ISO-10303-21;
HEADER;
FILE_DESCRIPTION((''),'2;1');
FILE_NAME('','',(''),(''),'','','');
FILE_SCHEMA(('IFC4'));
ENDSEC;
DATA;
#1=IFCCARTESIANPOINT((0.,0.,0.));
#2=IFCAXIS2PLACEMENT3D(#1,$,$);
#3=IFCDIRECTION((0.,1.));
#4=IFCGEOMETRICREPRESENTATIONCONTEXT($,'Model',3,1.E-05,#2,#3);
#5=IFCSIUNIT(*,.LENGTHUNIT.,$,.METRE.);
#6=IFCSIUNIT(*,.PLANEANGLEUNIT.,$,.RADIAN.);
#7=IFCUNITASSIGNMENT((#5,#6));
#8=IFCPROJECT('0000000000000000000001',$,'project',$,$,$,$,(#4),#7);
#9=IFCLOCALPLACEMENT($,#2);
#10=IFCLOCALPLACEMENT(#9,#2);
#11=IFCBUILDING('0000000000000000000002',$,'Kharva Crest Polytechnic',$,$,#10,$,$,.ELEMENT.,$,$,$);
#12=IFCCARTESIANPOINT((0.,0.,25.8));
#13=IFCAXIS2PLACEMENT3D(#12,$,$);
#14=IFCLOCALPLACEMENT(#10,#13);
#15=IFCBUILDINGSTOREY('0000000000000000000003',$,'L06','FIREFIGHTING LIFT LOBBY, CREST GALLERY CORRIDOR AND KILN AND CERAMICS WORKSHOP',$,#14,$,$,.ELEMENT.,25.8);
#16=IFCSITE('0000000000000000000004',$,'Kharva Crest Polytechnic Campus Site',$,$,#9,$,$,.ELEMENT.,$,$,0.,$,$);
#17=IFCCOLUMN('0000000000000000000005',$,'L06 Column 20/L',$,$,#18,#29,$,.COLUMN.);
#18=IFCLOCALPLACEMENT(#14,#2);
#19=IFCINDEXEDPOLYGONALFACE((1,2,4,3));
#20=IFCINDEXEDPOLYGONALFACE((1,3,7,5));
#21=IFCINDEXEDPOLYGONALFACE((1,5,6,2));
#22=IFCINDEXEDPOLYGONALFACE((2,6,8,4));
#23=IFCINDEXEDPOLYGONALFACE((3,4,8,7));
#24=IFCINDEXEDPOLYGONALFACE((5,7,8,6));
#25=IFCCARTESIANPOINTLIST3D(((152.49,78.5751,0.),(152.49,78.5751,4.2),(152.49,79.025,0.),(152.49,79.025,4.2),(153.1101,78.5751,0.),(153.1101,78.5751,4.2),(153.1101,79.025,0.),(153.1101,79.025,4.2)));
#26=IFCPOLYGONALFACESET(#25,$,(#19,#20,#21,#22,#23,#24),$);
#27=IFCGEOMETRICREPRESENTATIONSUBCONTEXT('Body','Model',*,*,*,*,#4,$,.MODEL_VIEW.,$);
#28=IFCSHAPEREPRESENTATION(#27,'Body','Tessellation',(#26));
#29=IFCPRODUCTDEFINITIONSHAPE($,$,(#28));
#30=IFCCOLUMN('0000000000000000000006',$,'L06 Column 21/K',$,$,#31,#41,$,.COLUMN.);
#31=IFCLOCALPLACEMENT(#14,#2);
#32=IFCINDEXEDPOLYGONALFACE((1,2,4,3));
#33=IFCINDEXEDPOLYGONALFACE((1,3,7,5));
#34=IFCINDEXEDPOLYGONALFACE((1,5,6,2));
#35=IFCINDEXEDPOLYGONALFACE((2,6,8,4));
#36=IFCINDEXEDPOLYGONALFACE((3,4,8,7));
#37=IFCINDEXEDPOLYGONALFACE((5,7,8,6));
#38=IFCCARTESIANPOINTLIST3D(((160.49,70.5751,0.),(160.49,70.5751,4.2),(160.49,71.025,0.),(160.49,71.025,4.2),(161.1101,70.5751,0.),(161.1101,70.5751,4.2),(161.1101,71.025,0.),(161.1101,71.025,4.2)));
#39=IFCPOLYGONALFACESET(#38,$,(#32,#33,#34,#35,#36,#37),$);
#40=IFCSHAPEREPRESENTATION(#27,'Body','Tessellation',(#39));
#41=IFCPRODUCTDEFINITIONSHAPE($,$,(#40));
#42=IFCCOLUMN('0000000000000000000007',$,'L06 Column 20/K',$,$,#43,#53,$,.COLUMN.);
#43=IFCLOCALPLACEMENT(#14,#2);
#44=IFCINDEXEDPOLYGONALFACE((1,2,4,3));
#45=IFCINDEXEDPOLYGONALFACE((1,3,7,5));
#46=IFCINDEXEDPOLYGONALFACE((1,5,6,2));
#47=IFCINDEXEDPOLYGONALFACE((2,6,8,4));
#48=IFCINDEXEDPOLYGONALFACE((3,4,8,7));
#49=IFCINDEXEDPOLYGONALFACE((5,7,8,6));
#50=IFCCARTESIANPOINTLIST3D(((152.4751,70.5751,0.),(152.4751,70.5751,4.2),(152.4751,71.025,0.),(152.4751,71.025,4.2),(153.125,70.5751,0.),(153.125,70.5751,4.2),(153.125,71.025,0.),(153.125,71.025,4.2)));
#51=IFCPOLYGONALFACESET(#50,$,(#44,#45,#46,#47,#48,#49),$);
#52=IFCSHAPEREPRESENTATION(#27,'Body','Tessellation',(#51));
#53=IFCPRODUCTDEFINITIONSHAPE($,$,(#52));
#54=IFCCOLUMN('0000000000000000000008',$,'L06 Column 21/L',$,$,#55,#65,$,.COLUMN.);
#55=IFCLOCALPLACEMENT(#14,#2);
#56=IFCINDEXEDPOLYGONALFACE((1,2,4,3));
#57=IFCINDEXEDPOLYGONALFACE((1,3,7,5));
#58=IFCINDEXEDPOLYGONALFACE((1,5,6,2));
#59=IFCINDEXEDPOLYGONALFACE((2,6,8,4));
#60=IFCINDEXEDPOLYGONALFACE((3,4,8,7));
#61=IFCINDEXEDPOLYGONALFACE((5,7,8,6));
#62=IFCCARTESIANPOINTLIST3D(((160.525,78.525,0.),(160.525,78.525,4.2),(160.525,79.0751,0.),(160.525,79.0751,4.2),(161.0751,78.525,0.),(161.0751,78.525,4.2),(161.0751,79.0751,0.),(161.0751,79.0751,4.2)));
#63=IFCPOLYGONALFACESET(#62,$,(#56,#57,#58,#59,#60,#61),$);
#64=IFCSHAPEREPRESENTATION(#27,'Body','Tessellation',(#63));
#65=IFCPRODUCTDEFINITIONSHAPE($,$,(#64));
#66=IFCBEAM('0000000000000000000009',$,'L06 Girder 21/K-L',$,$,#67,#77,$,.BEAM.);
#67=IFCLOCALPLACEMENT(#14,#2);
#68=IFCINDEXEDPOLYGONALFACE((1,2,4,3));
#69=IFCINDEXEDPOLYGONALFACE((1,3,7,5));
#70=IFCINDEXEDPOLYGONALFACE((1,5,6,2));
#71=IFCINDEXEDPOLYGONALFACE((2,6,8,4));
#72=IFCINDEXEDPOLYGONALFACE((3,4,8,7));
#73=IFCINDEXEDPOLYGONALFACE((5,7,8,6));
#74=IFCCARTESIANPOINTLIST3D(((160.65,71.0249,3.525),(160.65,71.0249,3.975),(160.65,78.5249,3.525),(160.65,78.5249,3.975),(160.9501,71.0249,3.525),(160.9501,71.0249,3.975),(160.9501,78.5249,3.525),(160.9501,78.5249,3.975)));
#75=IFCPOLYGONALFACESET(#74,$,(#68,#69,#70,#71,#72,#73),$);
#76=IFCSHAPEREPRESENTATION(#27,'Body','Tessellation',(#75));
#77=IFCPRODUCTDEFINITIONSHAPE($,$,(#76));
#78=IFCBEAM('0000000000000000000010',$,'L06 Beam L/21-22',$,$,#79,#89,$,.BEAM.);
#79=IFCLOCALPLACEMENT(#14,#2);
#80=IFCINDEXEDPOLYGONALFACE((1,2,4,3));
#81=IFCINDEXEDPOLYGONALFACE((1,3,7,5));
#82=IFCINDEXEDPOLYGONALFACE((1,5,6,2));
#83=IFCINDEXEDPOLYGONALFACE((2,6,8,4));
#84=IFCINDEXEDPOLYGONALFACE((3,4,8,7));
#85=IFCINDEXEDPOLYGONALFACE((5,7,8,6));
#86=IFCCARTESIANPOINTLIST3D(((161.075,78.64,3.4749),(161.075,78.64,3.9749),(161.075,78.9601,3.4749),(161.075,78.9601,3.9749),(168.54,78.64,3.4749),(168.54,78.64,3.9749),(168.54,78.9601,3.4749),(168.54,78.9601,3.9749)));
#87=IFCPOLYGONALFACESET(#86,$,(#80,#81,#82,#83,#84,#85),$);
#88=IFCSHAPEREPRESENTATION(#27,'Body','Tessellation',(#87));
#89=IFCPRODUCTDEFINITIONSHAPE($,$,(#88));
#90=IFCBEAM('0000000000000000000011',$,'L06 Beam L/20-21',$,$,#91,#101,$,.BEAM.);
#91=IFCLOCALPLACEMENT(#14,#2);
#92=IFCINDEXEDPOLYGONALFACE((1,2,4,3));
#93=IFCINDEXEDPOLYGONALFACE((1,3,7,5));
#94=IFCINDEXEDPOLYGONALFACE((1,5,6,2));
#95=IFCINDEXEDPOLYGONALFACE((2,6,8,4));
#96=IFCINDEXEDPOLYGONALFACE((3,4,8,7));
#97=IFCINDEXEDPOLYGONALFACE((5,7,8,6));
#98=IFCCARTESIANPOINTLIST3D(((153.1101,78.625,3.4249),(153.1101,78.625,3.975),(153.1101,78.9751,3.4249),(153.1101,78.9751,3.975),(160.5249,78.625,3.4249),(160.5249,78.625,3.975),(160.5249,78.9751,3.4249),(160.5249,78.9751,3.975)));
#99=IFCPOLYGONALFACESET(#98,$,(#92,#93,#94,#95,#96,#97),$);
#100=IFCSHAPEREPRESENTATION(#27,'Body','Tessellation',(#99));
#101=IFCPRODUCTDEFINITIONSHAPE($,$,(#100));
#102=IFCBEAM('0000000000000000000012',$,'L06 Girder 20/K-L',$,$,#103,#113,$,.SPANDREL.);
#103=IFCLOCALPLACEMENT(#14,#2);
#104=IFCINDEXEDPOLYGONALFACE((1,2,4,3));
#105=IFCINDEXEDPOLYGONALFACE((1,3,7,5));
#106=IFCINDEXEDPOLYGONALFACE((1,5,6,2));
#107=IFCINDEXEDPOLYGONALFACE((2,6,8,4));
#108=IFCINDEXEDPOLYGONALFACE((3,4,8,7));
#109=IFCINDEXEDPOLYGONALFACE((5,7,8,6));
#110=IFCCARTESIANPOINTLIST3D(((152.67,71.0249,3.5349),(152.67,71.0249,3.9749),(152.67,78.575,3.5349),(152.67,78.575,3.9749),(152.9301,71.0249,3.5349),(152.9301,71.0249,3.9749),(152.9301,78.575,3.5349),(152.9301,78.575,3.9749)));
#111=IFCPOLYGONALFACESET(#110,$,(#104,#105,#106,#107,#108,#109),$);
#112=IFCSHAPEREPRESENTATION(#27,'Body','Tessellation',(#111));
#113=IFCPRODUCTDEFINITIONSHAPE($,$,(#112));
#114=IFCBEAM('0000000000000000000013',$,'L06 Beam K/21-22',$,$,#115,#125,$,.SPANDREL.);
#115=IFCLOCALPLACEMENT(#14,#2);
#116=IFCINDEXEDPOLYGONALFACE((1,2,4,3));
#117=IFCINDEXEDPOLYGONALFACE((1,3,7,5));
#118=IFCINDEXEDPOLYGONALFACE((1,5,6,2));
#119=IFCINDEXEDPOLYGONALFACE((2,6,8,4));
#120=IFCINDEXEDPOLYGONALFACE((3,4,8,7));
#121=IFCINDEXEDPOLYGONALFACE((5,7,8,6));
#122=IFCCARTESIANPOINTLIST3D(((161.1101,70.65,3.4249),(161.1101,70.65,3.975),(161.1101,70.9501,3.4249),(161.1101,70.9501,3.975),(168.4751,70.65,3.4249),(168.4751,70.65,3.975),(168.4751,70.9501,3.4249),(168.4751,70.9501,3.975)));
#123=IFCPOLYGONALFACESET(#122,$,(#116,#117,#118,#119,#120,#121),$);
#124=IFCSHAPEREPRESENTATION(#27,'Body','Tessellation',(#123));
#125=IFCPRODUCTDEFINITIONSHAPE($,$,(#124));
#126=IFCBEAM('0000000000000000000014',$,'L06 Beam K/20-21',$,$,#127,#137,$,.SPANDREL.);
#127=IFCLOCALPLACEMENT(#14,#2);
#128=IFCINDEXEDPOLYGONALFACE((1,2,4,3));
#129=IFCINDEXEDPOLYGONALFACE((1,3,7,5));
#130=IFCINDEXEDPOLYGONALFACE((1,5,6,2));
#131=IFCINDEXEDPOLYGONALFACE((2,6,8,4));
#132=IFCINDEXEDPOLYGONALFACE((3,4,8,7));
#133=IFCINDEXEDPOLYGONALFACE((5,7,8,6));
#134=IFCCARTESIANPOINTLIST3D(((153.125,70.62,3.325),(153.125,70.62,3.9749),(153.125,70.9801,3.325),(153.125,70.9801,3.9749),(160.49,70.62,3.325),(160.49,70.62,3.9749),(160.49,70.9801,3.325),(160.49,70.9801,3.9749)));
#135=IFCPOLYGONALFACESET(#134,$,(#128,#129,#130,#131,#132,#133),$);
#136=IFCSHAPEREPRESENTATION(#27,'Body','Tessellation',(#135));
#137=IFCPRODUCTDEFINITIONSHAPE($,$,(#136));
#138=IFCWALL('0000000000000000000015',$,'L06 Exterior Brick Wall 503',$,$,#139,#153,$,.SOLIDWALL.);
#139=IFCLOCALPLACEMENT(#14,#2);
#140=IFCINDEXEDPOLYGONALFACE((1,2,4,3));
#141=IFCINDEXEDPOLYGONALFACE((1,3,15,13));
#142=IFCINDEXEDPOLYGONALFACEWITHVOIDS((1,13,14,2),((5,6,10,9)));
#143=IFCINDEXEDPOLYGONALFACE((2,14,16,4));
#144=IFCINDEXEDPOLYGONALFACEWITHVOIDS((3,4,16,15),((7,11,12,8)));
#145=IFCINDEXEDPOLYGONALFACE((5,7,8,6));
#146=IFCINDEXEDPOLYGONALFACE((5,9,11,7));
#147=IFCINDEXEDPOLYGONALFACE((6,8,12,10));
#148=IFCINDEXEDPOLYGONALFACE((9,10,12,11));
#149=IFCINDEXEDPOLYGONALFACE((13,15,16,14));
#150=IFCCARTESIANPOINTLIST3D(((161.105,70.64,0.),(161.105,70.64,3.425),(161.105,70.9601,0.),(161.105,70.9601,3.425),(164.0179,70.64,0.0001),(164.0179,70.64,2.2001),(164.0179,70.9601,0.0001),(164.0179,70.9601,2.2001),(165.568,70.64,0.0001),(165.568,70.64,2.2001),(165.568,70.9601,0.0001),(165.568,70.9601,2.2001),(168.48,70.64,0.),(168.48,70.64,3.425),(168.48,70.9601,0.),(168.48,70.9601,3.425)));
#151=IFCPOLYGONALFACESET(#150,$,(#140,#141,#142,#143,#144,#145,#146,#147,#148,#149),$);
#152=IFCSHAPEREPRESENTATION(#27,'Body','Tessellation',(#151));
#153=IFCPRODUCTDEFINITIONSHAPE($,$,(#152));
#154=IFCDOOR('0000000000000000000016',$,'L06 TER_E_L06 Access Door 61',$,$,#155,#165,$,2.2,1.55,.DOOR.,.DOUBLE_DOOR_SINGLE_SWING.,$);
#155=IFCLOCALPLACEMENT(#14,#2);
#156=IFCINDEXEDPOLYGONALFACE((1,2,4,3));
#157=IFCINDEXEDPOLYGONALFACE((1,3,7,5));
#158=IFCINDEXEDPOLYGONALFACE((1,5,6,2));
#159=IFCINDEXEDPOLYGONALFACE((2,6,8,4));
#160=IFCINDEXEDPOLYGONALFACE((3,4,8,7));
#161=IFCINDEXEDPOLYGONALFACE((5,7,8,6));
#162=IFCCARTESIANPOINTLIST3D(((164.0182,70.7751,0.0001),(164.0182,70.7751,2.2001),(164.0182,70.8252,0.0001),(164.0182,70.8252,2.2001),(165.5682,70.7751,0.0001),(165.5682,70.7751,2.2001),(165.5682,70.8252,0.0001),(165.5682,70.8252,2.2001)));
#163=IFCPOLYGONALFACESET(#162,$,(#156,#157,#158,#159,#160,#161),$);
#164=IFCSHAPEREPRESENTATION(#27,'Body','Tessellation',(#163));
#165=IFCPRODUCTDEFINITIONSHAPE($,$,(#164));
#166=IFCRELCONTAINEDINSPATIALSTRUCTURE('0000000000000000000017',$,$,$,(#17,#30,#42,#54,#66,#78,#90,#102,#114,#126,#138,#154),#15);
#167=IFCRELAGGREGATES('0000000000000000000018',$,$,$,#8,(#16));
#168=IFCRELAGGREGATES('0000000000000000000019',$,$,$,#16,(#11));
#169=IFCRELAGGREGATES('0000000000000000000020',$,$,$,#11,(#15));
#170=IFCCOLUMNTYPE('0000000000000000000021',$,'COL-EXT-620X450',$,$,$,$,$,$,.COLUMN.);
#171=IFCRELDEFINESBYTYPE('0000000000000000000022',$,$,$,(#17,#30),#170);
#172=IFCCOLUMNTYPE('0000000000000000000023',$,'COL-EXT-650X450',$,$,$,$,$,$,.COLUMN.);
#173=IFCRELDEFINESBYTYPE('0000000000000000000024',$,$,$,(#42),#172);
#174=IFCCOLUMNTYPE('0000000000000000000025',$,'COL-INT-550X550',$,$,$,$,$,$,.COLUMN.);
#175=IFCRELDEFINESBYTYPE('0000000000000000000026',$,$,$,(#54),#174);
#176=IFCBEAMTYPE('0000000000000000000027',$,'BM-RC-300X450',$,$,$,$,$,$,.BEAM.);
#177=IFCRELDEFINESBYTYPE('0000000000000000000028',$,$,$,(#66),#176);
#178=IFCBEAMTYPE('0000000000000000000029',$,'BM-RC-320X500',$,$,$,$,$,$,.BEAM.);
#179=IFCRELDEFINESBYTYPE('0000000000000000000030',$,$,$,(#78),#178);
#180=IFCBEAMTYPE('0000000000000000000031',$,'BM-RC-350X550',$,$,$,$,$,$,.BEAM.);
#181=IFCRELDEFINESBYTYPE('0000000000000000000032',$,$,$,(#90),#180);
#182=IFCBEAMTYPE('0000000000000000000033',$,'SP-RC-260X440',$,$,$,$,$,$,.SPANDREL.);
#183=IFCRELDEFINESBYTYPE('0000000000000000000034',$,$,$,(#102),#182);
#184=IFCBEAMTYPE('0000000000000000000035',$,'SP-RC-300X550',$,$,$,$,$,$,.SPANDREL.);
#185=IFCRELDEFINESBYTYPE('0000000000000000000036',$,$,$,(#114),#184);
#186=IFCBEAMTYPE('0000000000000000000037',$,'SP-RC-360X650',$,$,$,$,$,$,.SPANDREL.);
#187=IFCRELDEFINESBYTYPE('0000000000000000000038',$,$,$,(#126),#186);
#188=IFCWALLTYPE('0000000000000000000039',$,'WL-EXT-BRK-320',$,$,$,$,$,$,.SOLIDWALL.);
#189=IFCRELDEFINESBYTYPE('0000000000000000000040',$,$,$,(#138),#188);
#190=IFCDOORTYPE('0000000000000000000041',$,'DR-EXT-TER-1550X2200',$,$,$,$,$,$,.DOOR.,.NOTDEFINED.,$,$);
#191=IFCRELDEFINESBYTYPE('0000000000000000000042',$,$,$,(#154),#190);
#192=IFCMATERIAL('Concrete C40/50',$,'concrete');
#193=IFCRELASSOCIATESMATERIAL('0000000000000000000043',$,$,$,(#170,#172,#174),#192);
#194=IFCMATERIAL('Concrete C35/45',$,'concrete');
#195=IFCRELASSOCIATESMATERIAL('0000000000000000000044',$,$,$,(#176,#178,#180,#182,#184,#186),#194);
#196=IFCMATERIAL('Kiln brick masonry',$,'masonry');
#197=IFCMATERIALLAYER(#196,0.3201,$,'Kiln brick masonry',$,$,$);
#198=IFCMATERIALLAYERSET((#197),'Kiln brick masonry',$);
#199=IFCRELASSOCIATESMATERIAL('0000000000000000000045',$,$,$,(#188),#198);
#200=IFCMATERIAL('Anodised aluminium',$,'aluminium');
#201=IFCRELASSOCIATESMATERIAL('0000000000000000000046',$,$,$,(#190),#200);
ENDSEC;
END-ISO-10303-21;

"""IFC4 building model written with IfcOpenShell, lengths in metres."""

from ifc_helpers import new_model, si_unit, direction, frame, frame_2d, origin, origin_2d, place, context, subcontext, project, spatial, rectangle, extrude, material, layer, layer_set, material_profile, profile_set, type_object, element, fill, save


model = new_model("IFC4")

# Units and contexts
model_context = context("Model", 3, precision=1e-05, world=origin(), true_north=direction((0.0, 1.0)))
body_context = subcontext(model_context, "Body", "Model", "MODEL_VIEW")
ifc_project = project(units=[si_unit("LENGTHUNIT", "METRE"), si_unit("PLANEANGLEUNIT", "RADIAN")], contexts=[model_context])

# Site, building, storey
site_placement = place(None, origin())
site = spatial("IfcSite", under=ifc_project, at=site_placement, Name="Kharva Crest Polytechnic Campus Site", CompositionType="ELEMENT", RefElevation=0.0)
building_placement = place(site_placement, origin())
building = spatial("IfcBuilding", under=site, at=building_placement, Name="Kharva Crest Polytechnic", CompositionType="ELEMENT")
storey_placement = place(building_placement, frame((0.0, 0.0, 25.8)))
storey = spatial("IfcBuildingStorey", under=building, at=storey_placement, Name="L06", Description="FIREFIGHTING LIFT LOBBY, CREST GALLERY CORRIDOR AND KILN AND CERAMICS WORKSHOP", CompositionType="ELEMENT", Elevation=25.8)

# Columns
ifc_material_1 = material(Name="Concrete C40/50", Category="concrete")
ifc_material_profile_1 = material_profile(ifc_material_1, rectangle(XDim=0.6201, YDim=0.45, at=origin_2d()), Name="RECT 620 X 450")
ifc_profile_set_1 = profile_set([ifc_material_profile_1], Name="Concrete C40/50")
column_type_1 = type_object("IfcColumnType", Name="COL-EXT-620X450", PredefinedType="COLUMN", material=ifc_profile_set_1)
for number, where, z_axis, x_axis, name in (
    (1, (152.8, 78.8, 0.0), (0.0, 0.0, 1.0), (1.0, 0.0, 0.0), "L06 Column 20/L"),
    (2, (160.8, 70.8, 0.0), (0.0, 0.0, 1.0), (1.0, 0.0, 0.0), "L06 Column 21/K"),
):
    element("IfcColumn", number, at=place(storey_placement, frame(where, z_axis=z_axis, x_axis=x_axis)), inside=storey, type_object=column_type_1, Name=name, PredefinedType="COLUMN", context=body_context, shape_type="SweptSolid", body=[
        extrude(rectangle(XDim=0.6201, YDim=0.45, at=origin_2d()), origin(), (0.0, 0.0, 1.0), 4.2),
    ])
ifc_material_profile_2 = material_profile(ifc_material_1, rectangle(XDim=0.6499, YDim=0.45, at=origin_2d()), Name="RECT 650 X 450")
ifc_profile_set_2 = profile_set([ifc_material_profile_2], Name="Concrete C40/50")
column_type_2 = type_object("IfcColumnType", Name="COL-EXT-650X450", PredefinedType="COLUMN", material=ifc_profile_set_2)
column_1_placement = place(storey_placement, frame((152.8, 70.8, 0.0), z_axis=(0.0, 0.0, 1.0), x_axis=(1.0, 0.0, 0.0)))
element("IfcColumn", 3, at=column_1_placement, inside=storey, type_object=column_type_2, Name="L06 Column 20/K", PredefinedType="COLUMN", context=body_context, shape_type="SweptSolid", body=[
    extrude(rectangle(XDim=0.6499, YDim=0.45, at=origin_2d()), origin(), (0.0, 0.0, 1.0), 4.2),
])
ifc_material_profile_3 = material_profile(ifc_material_1, rectangle(XDim=0.55, YDim=0.55, at=origin_2d()), Name="RECT 550 X 550")
ifc_profile_set_3 = profile_set([ifc_material_profile_3], Name="Concrete C40/50")
column_type_3 = type_object("IfcColumnType", Name="COL-INT-550X550", PredefinedType="COLUMN", material=ifc_profile_set_3)
column_2_placement = place(storey_placement, frame((160.8, 78.8, 0.0), z_axis=(0.0, 0.0, 1.0), x_axis=(1.0, 0.0, 0.0)))
element("IfcColumn", 4, at=column_2_placement, inside=storey, type_object=column_type_3, Name="L06 Column 21/L", PredefinedType="COLUMN", context=body_context, shape_type="SweptSolid", body=[
    extrude(rectangle(XDim=0.55, YDim=0.55, at=origin_2d()), origin(), (0.0, 0.0, 1.0), 4.2),
])

# Beams
ifc_material_2 = material(Name="Concrete C35/45", Category="concrete")
ifc_material_profile_4 = material_profile(ifc_material_2, rectangle(XDim=0.3, YDim=0.45, at=origin_2d()), Name="RECT 300 X 450")
ifc_profile_set_4 = profile_set([ifc_material_profile_4], Name="Concrete C35/45")
beam_type_1 = type_object("IfcBeamType", Name="BM-RC-300X450", PredefinedType="BEAM", material=ifc_profile_set_4)
beam_1_placement = place(storey_placement, frame((160.8, 71.0249, 3.75), z_axis=(0.0, 1.0, 0.0), x_axis=(-1.0, 0.0, 0.0)))
element("IfcBeam", 5, at=beam_1_placement, inside=storey, type_object=beam_type_1, Name="L06 Girder 21/K-L", PredefinedType="BEAM", context=body_context, shape_type="SweptSolid", body=[
    extrude(rectangle(XDim=0.3, YDim=0.45, at=origin_2d()), origin(), (0.0, 0.0, 1.0), 7.5),
])
ifc_material_profile_5 = material_profile(ifc_material_2, rectangle(XDim=0.3201, YDim=0.5, at=origin_2d()), Name="RECT 320 X 500")
ifc_profile_set_5 = profile_set([ifc_material_profile_5], Name="Concrete C35/45")
beam_type_2 = type_object("IfcBeamType", Name="BM-RC-320X500", PredefinedType="BEAM", material=ifc_profile_set_5)
beam_2_placement = place(storey_placement, frame((161.075, 78.8, 3.7249), z_axis=(1.0, 0.0, 0.0), x_axis=(0.0, 1.0, 0.0)))
element("IfcBeam", 6, at=beam_2_placement, inside=storey, type_object=beam_type_2, Name="L06 Beam L/21-22", PredefinedType="BEAM", context=body_context, shape_type="SweptSolid", body=[
    extrude(rectangle(XDim=0.3201, YDim=0.5, at=origin_2d()), origin(), (0.0, 0.0, 1.0), 7.4651),
])
ifc_material_profile_6 = material_profile(ifc_material_2, rectangle(XDim=0.3501, YDim=0.55, at=origin_2d()), Name="RECT 350 X 550")
ifc_profile_set_6 = profile_set([ifc_material_profile_6], Name="Concrete C35/45")
beam_type_3 = type_object("IfcBeamType", Name="BM-RC-350X550", PredefinedType="BEAM", material=ifc_profile_set_6)
beam_3_placement = place(storey_placement, frame((153.1101, 78.8, 3.7), z_axis=(1.0, 0.0, 0.0), x_axis=(0.0, 1.0, 0.0)))
element("IfcBeam", 7, at=beam_3_placement, inside=storey, type_object=beam_type_3, Name="L06 Beam L/20-21", PredefinedType="BEAM", context=body_context, shape_type="SweptSolid", body=[
    extrude(rectangle(XDim=0.3501, YDim=0.55, at=origin_2d()), origin(), (0.0, 0.0, 1.0), 7.4148),
])
ifc_material_profile_7 = material_profile(ifc_material_2, rectangle(XDim=0.26, YDim=0.4399, at=origin_2d()), Name="RECT 260 X 440")
ifc_profile_set_7 = profile_set([ifc_material_profile_7], Name="Concrete C35/45")
beam_type_4 = type_object("IfcBeamType", Name="SP-RC-260X440", PredefinedType="SPANDREL", material=ifc_profile_set_7)
beam_4_placement = place(storey_placement, frame((152.8, 71.0249, 3.7549), z_axis=(0.0, 1.0, 0.0), x_axis=(-1.0, 0.0, 0.0)))
element("IfcBeam", 8, at=beam_4_placement, inside=storey, type_object=beam_type_4, Name="L06 Girder 20/K-L", PredefinedType="SPANDREL", context=body_context, shape_type="SweptSolid", body=[
    extrude(rectangle(XDim=0.26, YDim=0.4399, at=origin_2d()), origin(), (0.0, 0.0, 1.0), 7.55),
])
ifc_material_profile_8 = material_profile(ifc_material_2, rectangle(XDim=0.3, YDim=0.55, at=origin_2d()), Name="RECT 300 X 550")
ifc_profile_set_8 = profile_set([ifc_material_profile_8], Name="Concrete C35/45")
beam_type_5 = type_object("IfcBeamType", Name="SP-RC-300X550", PredefinedType="SPANDREL", material=ifc_profile_set_8)
beam_5_placement = place(storey_placement, frame((161.1101, 70.8, 3.7), z_axis=(1.0, 0.0, 0.0), x_axis=(0.0, 1.0, 0.0)))
element("IfcBeam", 9, at=beam_5_placement, inside=storey, type_object=beam_type_5, Name="L06 Beam K/21-22", PredefinedType="SPANDREL", context=body_context, shape_type="SweptSolid", body=[
    extrude(rectangle(XDim=0.3, YDim=0.55, at=origin_2d()), origin(), (0.0, 0.0, 1.0), 7.365),
])
ifc_material_profile_9 = material_profile(ifc_material_2, rectangle(XDim=0.3601, YDim=0.6499, at=origin_2d()), Name="RECT 360 X 650")
ifc_profile_set_9 = profile_set([ifc_material_profile_9], Name="Concrete C35/45")
beam_type_6 = type_object("IfcBeamType", Name="SP-RC-360X650", PredefinedType="SPANDREL", material=ifc_profile_set_9)
beam_6_placement = place(storey_placement, frame((153.125, 70.8, 3.6499), z_axis=(1.0, 0.0, 0.0), x_axis=(0.0, 1.0, 0.0)))
element("IfcBeam", 10, at=beam_6_placement, inside=storey, type_object=beam_type_6, Name="L06 Beam K/20-21", PredefinedType="SPANDREL", context=body_context, shape_type="SweptSolid", body=[
    extrude(rectangle(XDim=0.3601, YDim=0.6499, at=origin_2d()), origin(), (0.0, 0.0, 1.0), 7.365),
])

# Wall, opening, door
ifc_material_3 = material(Name="Kiln brick masonry", Category="masonry")
ifc_layer_1 = layer(ifc_material_3, 0.3201, Name="Kiln brick masonry")
ifc_layer_set_1 = layer_set([ifc_layer_1], Name="Kiln brick masonry")
wall_type_1 = type_object("IfcWallType", Name="WL-EXT-BRK-320", PredefinedType="SOLIDWALL", material=ifc_layer_set_1)
wall_1_placement = place(storey_placement, frame((161.105, 70.8, 0.0), z_axis=(0.0, 0.0, 1.0), x_axis=(1.0, 0.0, 0.0)))
wall_1 = element("IfcWall", 11, at=wall_1_placement, inside=storey, type_object=wall_type_1, Name="L06 Exterior Brick Wall 503", PredefinedType="SOLIDWALL", context=body_context, shape_type="SweptSolid", body=[
    extrude(rectangle(XDim=7.375, YDim=0.3201, at=frame_2d((3.6875, 0.0))), origin(), (0.0, 0.0, 1.0), 3.425),
])
opening_1_placement = place(wall_1_placement, frame((2.9131, 0.0, 0.0)))
opening_1 = element("IfcOpeningElement", 12, at=opening_1_placement, cuts=wall_1, PredefinedType="OPENING", context=body_context, shape_type="SweptSolid", body=[
    extrude(rectangle(XDim=1.55, YDim=2.2, at=frame_2d((0.7749, 1.1001))), frame((0.0, 0.1699, 0.0), z_axis=(0.0, -1.0, 0.0), x_axis=(1.0, 0.0, 0.0)), (0.0, 0.0, 1.0), 0.3401),
])
ifc_material_4 = material(Name="Anodised aluminium", Category="aluminium")
door_type_1 = type_object("IfcDoorType", Name="DR-EXT-TER-1550X2200", OperationType="NOTDEFINED", PredefinedType="DOOR", material=ifc_material_4)
door_1_placement = place(opening_1_placement, frame((1.55, 0.0, 0.0), z_axis=(0.0, 0.0, 1.0), x_axis=(-1.0, 0.0, 0.0)))
door_1 = element("IfcDoor", 13, at=door_1_placement, inside=storey, type_object=door_type_1, Name="L06 TER_E_L06 Access Door 61", OperationType="DOUBLE_DOOR_SINGLE_SWING", OverallHeight=2.2, OverallWidth=1.55, PredefinedType="DOOR", context=body_context, shape_type="SweptSolid", body=[
    extrude(rectangle(XDim=1.55, YDim=2.2, at=frame_2d((0.7749, 1.1001))), frame((0.0, 0.0249, 0.0), z_axis=(0.0, -1.0, 0.0), x_axis=(1.0, 0.0, 0.0)), (0.0, 0.0, 1.0), 0.05),
])
fill(opening_1, door_1)

save(model, "model.ifc")
